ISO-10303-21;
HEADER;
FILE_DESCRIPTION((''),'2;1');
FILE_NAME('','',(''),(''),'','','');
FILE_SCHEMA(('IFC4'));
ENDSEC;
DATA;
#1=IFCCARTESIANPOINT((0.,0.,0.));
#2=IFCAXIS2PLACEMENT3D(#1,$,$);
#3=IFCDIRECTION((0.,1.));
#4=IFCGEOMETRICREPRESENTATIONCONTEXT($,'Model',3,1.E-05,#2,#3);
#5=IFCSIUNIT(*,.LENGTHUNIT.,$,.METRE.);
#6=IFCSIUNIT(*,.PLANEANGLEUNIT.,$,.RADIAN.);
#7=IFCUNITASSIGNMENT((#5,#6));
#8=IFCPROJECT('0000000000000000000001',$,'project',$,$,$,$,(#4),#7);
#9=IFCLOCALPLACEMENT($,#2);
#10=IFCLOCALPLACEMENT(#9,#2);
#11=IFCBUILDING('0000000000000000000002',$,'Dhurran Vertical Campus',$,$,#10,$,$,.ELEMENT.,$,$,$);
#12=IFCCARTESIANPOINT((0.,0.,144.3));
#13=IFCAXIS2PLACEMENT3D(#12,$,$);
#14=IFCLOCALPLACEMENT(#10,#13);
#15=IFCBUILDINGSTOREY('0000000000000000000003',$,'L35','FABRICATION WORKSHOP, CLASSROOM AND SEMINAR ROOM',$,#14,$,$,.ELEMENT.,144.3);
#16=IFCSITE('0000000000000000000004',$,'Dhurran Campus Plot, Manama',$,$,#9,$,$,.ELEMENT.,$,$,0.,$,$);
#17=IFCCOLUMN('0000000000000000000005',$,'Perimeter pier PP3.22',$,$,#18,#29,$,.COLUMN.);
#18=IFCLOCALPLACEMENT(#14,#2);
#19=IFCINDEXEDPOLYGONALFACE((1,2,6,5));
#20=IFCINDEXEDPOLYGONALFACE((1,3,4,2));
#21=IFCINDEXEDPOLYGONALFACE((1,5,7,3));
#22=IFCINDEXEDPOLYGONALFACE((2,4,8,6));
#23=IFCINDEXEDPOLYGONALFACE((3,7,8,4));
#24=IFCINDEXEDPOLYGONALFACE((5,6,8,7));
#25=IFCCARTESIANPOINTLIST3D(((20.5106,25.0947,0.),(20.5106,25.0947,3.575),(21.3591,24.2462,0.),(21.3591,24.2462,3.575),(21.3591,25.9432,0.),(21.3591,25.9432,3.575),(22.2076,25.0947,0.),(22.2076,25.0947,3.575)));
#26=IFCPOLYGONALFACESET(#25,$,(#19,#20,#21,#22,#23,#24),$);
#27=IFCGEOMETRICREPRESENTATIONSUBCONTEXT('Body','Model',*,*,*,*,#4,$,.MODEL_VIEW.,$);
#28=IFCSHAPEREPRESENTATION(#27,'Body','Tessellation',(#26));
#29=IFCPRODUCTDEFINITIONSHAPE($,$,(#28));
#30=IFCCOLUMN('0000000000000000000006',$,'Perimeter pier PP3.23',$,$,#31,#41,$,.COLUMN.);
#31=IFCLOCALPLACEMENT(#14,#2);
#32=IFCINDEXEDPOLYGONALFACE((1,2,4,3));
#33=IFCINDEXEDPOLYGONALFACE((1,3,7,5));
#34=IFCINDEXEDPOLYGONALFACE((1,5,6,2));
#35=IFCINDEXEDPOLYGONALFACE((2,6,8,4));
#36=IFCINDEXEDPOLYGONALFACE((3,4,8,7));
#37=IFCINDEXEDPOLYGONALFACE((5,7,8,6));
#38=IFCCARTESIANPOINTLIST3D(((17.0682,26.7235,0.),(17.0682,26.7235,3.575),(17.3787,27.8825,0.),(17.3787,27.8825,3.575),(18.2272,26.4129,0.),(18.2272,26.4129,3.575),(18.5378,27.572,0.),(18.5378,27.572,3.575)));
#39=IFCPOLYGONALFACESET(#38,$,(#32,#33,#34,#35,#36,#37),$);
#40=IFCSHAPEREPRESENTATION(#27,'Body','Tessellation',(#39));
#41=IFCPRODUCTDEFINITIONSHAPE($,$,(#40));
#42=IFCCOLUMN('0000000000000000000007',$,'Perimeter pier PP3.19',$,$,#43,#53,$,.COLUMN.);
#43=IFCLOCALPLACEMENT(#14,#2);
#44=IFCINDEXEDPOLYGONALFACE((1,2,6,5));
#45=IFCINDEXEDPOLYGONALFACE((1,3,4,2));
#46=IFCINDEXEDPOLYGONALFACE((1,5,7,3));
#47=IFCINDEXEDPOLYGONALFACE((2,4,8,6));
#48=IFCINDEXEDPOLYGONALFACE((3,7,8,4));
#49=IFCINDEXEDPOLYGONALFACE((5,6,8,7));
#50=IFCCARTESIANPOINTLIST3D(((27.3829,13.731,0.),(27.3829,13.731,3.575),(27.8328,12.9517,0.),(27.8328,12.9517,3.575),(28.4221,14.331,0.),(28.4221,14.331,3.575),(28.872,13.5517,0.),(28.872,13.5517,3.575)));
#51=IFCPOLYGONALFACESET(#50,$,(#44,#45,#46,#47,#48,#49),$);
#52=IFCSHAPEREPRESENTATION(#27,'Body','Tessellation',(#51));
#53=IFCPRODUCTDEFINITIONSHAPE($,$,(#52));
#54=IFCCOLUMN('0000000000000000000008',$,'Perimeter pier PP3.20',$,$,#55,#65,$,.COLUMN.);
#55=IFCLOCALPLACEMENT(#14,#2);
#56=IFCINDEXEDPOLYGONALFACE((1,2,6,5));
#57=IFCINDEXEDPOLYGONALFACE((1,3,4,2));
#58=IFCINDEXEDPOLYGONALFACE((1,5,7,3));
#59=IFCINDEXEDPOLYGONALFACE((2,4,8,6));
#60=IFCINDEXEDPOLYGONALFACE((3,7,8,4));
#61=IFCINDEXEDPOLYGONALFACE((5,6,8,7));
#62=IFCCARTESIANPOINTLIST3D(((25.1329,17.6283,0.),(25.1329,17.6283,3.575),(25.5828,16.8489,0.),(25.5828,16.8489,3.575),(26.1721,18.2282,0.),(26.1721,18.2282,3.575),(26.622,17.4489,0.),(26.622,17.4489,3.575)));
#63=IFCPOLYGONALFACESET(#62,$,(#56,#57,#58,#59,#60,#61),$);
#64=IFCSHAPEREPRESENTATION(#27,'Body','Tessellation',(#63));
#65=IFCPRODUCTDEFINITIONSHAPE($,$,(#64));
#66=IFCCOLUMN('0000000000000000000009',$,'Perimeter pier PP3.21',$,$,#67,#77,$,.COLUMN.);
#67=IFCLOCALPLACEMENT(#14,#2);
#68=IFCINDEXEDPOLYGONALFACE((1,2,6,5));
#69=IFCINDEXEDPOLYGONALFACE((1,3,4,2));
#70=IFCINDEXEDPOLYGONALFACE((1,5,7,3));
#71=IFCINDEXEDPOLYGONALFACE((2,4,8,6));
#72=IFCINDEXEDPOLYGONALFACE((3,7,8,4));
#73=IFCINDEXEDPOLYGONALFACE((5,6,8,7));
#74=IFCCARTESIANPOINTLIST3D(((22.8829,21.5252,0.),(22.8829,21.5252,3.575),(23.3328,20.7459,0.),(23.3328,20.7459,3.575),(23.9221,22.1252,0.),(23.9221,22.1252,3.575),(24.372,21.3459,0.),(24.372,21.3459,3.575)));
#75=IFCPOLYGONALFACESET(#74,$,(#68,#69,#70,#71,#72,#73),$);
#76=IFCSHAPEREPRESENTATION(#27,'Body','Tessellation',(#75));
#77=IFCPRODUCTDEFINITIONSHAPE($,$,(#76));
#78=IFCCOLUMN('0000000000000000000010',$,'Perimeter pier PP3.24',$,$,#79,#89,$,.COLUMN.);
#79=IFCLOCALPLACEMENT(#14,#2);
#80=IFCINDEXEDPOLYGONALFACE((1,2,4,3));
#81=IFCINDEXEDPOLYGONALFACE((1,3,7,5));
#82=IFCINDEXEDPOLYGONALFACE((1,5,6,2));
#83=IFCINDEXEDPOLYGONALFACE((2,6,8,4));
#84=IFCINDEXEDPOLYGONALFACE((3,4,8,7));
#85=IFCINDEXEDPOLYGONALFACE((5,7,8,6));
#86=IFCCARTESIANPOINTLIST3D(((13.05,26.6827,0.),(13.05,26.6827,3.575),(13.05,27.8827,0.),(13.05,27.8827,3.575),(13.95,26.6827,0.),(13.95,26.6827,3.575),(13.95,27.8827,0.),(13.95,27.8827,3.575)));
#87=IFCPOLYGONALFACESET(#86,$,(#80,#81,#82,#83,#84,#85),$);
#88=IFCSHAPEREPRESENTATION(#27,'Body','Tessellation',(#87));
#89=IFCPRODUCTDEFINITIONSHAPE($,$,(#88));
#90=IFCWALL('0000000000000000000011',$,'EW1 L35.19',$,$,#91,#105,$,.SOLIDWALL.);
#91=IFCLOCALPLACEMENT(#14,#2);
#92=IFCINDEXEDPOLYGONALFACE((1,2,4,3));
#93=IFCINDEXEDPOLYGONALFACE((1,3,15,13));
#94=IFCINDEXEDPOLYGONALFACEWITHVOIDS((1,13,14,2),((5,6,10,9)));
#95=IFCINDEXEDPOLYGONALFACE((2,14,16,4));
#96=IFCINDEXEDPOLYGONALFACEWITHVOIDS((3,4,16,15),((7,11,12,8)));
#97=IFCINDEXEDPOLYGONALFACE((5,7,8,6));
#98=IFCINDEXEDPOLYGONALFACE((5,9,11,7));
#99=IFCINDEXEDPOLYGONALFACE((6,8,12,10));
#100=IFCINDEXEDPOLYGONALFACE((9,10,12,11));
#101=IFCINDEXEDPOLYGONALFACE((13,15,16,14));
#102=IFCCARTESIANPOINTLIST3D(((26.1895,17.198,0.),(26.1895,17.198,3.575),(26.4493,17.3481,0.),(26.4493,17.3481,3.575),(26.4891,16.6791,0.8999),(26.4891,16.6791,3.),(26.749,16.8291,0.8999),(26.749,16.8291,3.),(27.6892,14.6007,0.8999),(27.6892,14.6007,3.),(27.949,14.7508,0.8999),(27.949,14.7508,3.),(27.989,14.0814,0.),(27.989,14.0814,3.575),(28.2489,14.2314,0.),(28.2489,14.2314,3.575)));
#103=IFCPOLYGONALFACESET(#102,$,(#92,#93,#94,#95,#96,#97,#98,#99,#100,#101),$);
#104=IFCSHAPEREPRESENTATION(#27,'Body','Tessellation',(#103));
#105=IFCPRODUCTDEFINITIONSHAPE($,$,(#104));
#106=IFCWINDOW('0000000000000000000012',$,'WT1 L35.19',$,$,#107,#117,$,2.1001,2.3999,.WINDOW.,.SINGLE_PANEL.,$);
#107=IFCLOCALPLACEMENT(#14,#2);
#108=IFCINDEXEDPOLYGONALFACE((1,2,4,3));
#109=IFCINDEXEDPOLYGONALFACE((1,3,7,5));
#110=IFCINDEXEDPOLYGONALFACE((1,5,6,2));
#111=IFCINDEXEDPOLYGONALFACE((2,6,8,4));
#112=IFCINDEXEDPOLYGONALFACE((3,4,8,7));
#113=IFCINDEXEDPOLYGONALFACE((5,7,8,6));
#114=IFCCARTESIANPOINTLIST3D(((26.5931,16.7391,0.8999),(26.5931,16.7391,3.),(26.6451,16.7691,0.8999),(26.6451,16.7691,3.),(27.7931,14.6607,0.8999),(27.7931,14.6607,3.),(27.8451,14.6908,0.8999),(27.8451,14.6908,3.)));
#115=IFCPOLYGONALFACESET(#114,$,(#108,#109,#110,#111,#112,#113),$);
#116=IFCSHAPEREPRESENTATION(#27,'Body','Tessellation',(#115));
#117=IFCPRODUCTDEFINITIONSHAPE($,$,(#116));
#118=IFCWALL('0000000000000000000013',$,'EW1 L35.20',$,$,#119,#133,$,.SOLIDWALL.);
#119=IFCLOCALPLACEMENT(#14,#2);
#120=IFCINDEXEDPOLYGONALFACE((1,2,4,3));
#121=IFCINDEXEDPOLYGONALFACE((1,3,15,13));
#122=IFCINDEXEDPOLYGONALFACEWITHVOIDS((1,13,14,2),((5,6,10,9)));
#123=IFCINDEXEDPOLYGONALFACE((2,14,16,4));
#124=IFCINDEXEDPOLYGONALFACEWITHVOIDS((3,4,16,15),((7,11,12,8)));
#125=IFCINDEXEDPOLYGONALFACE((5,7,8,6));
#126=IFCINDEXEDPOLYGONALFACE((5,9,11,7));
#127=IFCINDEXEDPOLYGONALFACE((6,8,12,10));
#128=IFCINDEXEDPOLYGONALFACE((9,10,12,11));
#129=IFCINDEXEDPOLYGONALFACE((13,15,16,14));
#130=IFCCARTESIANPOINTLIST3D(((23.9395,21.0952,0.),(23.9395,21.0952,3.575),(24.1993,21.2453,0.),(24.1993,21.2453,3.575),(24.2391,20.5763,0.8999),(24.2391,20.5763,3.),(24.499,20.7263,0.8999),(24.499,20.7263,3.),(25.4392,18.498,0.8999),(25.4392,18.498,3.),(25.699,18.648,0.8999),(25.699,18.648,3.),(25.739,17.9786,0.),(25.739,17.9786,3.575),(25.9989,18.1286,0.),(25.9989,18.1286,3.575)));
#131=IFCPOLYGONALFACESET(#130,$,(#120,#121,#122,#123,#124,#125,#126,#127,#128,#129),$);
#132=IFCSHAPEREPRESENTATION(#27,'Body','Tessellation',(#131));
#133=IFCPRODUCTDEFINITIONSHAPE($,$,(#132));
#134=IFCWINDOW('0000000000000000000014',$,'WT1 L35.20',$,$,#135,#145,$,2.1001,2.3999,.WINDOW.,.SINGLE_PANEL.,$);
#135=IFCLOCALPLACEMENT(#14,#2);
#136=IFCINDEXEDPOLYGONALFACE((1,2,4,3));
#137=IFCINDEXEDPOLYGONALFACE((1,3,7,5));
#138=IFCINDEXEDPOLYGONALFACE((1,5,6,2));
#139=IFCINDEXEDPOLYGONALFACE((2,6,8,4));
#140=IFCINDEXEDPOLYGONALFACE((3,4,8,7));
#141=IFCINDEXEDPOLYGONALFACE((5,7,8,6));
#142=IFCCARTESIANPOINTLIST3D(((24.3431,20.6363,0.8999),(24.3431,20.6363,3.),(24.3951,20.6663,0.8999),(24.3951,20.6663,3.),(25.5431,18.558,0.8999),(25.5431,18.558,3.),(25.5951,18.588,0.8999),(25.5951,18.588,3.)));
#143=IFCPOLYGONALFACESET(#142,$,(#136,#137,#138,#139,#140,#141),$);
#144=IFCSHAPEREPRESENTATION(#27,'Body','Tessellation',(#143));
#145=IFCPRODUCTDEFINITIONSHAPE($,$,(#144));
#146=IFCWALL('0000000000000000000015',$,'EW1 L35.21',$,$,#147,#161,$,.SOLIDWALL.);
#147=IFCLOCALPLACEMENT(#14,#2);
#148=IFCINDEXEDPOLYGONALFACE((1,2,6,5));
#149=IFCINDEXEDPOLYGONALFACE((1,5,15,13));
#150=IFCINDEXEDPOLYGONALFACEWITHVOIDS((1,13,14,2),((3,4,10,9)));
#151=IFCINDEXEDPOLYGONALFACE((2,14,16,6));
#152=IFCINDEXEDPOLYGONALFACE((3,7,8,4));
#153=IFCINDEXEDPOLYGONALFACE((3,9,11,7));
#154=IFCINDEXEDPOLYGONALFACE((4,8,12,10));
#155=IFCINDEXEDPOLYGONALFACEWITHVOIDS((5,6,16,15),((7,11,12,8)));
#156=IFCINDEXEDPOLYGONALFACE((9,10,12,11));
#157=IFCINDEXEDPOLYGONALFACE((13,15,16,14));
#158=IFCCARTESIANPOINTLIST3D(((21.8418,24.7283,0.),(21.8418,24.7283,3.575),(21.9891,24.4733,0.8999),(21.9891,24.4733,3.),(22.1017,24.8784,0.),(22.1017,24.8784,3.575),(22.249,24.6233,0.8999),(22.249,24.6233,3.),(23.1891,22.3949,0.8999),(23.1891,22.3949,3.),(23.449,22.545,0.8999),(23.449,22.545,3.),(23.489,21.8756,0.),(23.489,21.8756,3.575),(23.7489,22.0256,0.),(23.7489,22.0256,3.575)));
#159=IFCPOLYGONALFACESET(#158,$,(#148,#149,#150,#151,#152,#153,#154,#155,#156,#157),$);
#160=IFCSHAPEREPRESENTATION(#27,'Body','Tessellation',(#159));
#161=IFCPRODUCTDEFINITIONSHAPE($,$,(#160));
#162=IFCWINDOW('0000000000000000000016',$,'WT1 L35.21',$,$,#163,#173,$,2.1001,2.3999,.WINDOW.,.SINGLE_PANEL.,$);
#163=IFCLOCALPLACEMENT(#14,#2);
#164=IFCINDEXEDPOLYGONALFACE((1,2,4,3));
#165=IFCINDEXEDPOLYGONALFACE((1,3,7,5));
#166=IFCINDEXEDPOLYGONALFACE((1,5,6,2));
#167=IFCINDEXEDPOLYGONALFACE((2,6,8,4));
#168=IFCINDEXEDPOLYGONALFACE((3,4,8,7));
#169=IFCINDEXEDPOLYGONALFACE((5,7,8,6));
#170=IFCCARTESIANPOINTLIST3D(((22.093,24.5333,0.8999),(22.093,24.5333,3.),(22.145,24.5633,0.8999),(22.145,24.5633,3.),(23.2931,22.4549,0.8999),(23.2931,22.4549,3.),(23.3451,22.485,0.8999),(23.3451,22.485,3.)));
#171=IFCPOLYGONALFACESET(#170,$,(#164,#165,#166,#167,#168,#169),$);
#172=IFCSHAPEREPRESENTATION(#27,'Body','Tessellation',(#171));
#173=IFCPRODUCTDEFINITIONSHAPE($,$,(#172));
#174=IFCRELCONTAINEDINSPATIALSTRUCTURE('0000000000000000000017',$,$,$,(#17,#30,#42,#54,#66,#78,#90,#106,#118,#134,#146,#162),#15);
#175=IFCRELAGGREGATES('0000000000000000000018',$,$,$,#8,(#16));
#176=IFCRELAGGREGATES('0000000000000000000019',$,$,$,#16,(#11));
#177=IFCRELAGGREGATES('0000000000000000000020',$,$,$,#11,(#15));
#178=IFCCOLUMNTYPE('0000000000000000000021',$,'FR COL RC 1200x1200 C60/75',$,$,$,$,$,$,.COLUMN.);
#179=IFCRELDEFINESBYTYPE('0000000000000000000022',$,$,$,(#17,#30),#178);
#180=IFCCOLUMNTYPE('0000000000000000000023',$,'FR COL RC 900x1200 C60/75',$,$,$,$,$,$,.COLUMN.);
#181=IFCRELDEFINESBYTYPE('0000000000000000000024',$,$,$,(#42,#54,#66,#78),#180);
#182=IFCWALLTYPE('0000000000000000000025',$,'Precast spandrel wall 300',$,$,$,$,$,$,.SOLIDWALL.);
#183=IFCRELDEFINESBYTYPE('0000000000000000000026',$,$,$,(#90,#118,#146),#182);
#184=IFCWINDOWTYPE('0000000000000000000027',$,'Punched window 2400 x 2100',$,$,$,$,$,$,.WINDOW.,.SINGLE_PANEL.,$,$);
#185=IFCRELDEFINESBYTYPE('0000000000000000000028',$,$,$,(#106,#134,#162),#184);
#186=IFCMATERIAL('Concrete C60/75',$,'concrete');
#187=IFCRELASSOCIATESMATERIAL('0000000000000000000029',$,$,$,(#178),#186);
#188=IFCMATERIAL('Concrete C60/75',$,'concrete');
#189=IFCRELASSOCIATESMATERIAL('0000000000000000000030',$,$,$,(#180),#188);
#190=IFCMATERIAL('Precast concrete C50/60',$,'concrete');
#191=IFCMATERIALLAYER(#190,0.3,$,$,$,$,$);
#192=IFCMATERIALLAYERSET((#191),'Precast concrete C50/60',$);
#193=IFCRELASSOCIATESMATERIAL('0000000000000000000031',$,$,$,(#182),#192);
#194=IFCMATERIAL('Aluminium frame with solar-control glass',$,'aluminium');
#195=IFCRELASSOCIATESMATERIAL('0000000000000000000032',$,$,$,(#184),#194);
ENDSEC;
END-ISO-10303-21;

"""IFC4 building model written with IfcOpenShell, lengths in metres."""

from ifc_helpers import new_model, si_unit, direction, frame, frame_2d, origin, origin_2d, place, context, subcontext, project, spatial, rectangle, extrude, material, layer, layer_set, material_profile, profile_set, type_object, element, fill, save


model = new_model("IFC4")

# Units and contexts
model_context = context("Model", 3, precision=1e-05, world=origin(), true_north=direction((0.0, 1.0)))
body_context = subcontext(model_context, "Body", "Model", "MODEL_VIEW")
ifc_project = project(units=[si_unit("LENGTHUNIT", "METRE"), si_unit("PLANEANGLEUNIT", "RADIAN")], contexts=[model_context])

# Site, building, storey
site_placement = place(None, origin())
site = spatial("IfcSite", under=ifc_project, at=site_placement, Name="Dhurran Campus Plot, Manama", CompositionType="ELEMENT", RefElevation=0.0)
building_placement = place(site_placement, origin())
building = spatial("IfcBuilding", under=site, at=building_placement, Name="Dhurran Vertical Campus", CompositionType="ELEMENT")
storey_placement = place(building_placement, frame((0.0, 0.0, 144.3)))
storey = spatial("IfcBuildingStorey", under=building, at=storey_placement, Name="L35", Description="FABRICATION WORKSHOP, CLASSROOM AND SEMINAR ROOM", CompositionType="ELEMENT", Elevation=144.3)

# Columns
ifc_material_1 = material(Name="Concrete C60/75", Category="concrete")
ifc_material_profile_1 = material_profile(ifc_material_1, rectangle(XDim=1.2, YDim=1.2, at=origin_2d()), Name="RC 1200x1200")
ifc_profile_set_1 = profile_set([ifc_material_profile_1], Name="Concrete C60/75")
column_type_1 = type_object("IfcColumnType", Name="FR COL RC 1200x1200 C60/75", PredefinedType="COLUMN", material=ifc_profile_set_1)
for number, where, z_axis, x_axis, name in (
    (1, (21.3591, 25.0947, 0.0), (0.0, 0.0, 1.0), (-0.707107, 0.707107, 0.0), "Perimeter pier PP3.22"),
    (2, (17.803, 27.1477, 0.0), (0.0, 0.0, 1.0), (-0.965926, 0.258819, 0.0), "Perimeter pier PP3.23"),
):
    element("IfcColumn", number, at=place(storey_placement, frame(where, z_axis=z_axis, x_axis=x_axis)), inside=storey, type_object=column_type_1, Name=name, PredefinedType="COLUMN", context=body_context, shape_type="SweptSolid", body=[
        extrude(rectangle(XDim=1.2, YDim=1.2, at=origin_2d()), origin(), (0.0, 0.0, 1.0), 3.575),
    ])
ifc_material_2 = material(Name="Concrete C60/75", Category="concrete")
ifc_material_profile_2 = material_profile(ifc_material_2, rectangle(XDim=0.8999, YDim=1.2, at=origin_2d()), Name="RC 900x1200")
ifc_profile_set_2 = profile_set([ifc_material_profile_2], Name="Concrete C60/75")
column_type_2 = type_object("IfcColumnType", Name="FR COL RC 900x1200 C60/75", PredefinedType="COLUMN", material=ifc_profile_set_2)
for number, where, z_axis, x_axis, name in (
    (3, (28.1274, 13.6414, 0.0), (0.0, 0.0, 1.0), (-0.5, 0.866025, 0.0), "Perimeter pier PP3.19"),
    (4, (25.8774, 17.5386, 0.0), (0.0, 0.0, 1.0), (-0.5, 0.866025, 0.0), "Perimeter pier PP3.20"),
    (5, (23.6274, 21.4355, 0.0), (0.0, 0.0, 1.0), (-0.5, 0.866025, 0.0), "Perimeter pier PP3.21"),
    (6, (13.5, 27.2827, 0.0), (0.0, 0.0, 1.0), (-1.0, 0.0, 0.0), "Perimeter pier PP3.24"),
):
    element("IfcColumn", number, at=place(storey_placement, frame(where, z_axis=z_axis, x_axis=x_axis)), inside=storey, type_object=column_type_2, Name=name, PredefinedType="COLUMN", context=body_context, shape_type="SweptSolid", body=[
        extrude(rectangle(XDim=0.8999, YDim=1.2, at=origin_2d()), origin(), (0.0, 0.0, 1.0), 3.575),
    ])

# Walls, openings, windows
ifc_material_3 = material(Name="Precast concrete C50/60", Category="concrete")
ifc_layer_1 = layer(ifc_material_3, 0.3)
ifc_layer_set_1 = layer_set([ifc_layer_1], Name="Precast concrete C50/60")
wall_type_1 = type_object("IfcWallType", Name="Precast spandrel wall 300", PredefinedType="SOLIDWALL", material=ifc_layer_set_1)
wall_1_placement = place(storey_placement, frame((28.1189, 14.1565, 0.0), z_axis=(0.0, 0.0, 1.0), x_axis=(-0.500028, 0.866009, 0.0)))
wall_1 = element("IfcWall", 7, at=wall_1_placement, inside=storey, type_object=wall_type_1, Name="EW1 L35.19", PredefinedType="SOLIDWALL", context=body_context, shape_type="SweptSolid", body=[
    extrude(rectangle(XDim=3.5989, YDim=0.3, at=frame_2d((1.7993, 0.0))), origin(), (0.0, 0.0, 1.0), 3.575),
])
opening_1_placement = place(wall_1_placement, frame((0.5996, 0.0, 0.8999)))
opening_1 = element("IfcOpeningElement", 8, at=opening_1_placement, cuts=wall_1, PredefinedType="OPENING", context=body_context, shape_type="SweptSolid", body=[
    extrude(rectangle(XDim=2.3999, YDim=2.1001, at=frame_2d((1.2, 1.05))), frame((0.0, 0.1599, 0.0), z_axis=(0.0, -1.0, 0.0), x_axis=(1.0, 0.0, 0.0)), (0.0, 0.0, 1.0), 0.3201),
])
ifc_material_4 = material(Name="Aluminium frame with solar-control glass", Category="aluminium")
window_type = type_object("IfcWindowType", Name="Punched window 2400 x 2100", PartitioningType="SINGLE_PANEL", PredefinedType="WINDOW", material=ifc_material_4)
window_1_placement = place(opening_1_placement, origin())
window_1 = element("IfcWindow", 9, at=window_1_placement, inside=storey, type_object=window_type, Name="WT1 L35.19", OverallHeight=2.1001, OverallWidth=2.3999, PartitioningType="SINGLE_PANEL", PredefinedType="WINDOW", context=body_context, shape_type="SweptSolid", body=[
    extrude(rectangle(XDim=2.3999, YDim=2.1001, at=frame_2d((1.2, 1.05))), frame((0.0, 0.03, 0.0), z_axis=(0.0, -1.0, 0.0), x_axis=(1.0, 0.0, 0.0)), (0.0, 0.0, 1.0), 0.0601),
])
fill(opening_1, window_1)
wall_2_placement = place(storey_placement, frame((25.8689, 18.0537, 0.0), z_axis=(0.0, 0.0, 1.0), x_axis=(-0.500028, 0.866009, 0.0)))
wall_2 = element("IfcWall", 10, at=wall_2_placement, inside=storey, type_object=wall_type_1, Name="EW1 L35.20", PredefinedType="SOLIDWALL", context=body_context, shape_type="SweptSolid", body=[
    extrude(rectangle(XDim=3.5989, YDim=0.3, at=frame_2d((1.7993, 0.0))), origin(), (0.0, 0.0, 1.0), 3.575),
])
opening_2_placement = place(wall_2_placement, frame((0.5996, 0.0, 0.8999)))
opening_2 = element("IfcOpeningElement", 11, at=opening_2_placement, cuts=wall_2, PredefinedType="OPENING", context=body_context, shape_type="SweptSolid", body=[
    extrude(rectangle(XDim=2.3999, YDim=2.1001, at=frame_2d((1.2, 1.05))), frame((0.0, 0.1599, 0.0), z_axis=(0.0, -1.0, 0.0), x_axis=(1.0, 0.0, 0.0)), (0.0, 0.0, 1.0), 0.3201),
])
window_2_placement = place(opening_2_placement, origin())
window_2 = element("IfcWindow", 12, at=window_2_placement, inside=storey, type_object=window_type, Name="WT1 L35.20", OverallHeight=2.1001, OverallWidth=2.3999, PartitioningType="SINGLE_PANEL", PredefinedType="WINDOW", context=body_context, shape_type="SweptSolid", body=[
    extrude(rectangle(XDim=2.3999, YDim=2.1001, at=frame_2d((1.2, 1.05))), frame((0.0, 0.03, 0.0), z_axis=(0.0, -1.0, 0.0), x_axis=(1.0, 0.0, 0.0)), (0.0, 0.0, 1.0), 0.0601),
])
fill(opening_2, window_2)
wall_3_placement = place(storey_placement, frame((23.6189, 21.9507, 0.0), z_axis=(0.0, 0.0, 1.0), x_axis=(-0.500037, 0.866004, 0.0)))
wall_3 = element("IfcWall", 13, at=wall_3_placement, inside=storey, type_object=wall_type_1, Name="EW1 L35.21", PredefinedType="SOLIDWALL", context=body_context, shape_type="SweptSolid", body=[
    extrude(rectangle(XDim=3.2942, YDim=0.3, at=frame_2d((1.647, 0.0))), origin(), (0.0, 0.0, 1.0), 3.575),
])
opening_3_placement = place(wall_3_placement, frame((0.5996, 0.0, 0.8999)))
opening_3 = element("IfcOpeningElement", 14, at=opening_3_placement, cuts=wall_3, PredefinedType="OPENING", context=body_context, shape_type="SweptSolid", body=[
    extrude(rectangle(XDim=2.3999, YDim=2.1001, at=frame_2d((1.2, 1.05))), frame((0.0, 0.1599, 0.0), z_axis=(0.0, -1.0, 0.0), x_axis=(1.0, 0.0, 0.0)), (0.0, 0.0, 1.0), 0.3201),
])
window_3_placement = place(opening_3_placement, origin())
window_3 = element("IfcWindow", 15, at=window_3_placement, inside=storey, type_object=window_type, Name="WT1 L35.21", OverallHeight=2.1001, OverallWidth=2.3999, PartitioningType="SINGLE_PANEL", PredefinedType="WINDOW", context=body_context, shape_type="SweptSolid", body=[
    extrude(rectangle(XDim=2.3999, YDim=2.1001, at=frame_2d((1.2, 1.05))), frame((0.0, 0.03, 0.0), z_axis=(0.0, -1.0, 0.0), x_axis=(1.0, 0.0, 0.0)), (0.0, 0.0, 1.0), 0.0601),
])
fill(opening_3, window_3)

save(model, "model.ifc")
